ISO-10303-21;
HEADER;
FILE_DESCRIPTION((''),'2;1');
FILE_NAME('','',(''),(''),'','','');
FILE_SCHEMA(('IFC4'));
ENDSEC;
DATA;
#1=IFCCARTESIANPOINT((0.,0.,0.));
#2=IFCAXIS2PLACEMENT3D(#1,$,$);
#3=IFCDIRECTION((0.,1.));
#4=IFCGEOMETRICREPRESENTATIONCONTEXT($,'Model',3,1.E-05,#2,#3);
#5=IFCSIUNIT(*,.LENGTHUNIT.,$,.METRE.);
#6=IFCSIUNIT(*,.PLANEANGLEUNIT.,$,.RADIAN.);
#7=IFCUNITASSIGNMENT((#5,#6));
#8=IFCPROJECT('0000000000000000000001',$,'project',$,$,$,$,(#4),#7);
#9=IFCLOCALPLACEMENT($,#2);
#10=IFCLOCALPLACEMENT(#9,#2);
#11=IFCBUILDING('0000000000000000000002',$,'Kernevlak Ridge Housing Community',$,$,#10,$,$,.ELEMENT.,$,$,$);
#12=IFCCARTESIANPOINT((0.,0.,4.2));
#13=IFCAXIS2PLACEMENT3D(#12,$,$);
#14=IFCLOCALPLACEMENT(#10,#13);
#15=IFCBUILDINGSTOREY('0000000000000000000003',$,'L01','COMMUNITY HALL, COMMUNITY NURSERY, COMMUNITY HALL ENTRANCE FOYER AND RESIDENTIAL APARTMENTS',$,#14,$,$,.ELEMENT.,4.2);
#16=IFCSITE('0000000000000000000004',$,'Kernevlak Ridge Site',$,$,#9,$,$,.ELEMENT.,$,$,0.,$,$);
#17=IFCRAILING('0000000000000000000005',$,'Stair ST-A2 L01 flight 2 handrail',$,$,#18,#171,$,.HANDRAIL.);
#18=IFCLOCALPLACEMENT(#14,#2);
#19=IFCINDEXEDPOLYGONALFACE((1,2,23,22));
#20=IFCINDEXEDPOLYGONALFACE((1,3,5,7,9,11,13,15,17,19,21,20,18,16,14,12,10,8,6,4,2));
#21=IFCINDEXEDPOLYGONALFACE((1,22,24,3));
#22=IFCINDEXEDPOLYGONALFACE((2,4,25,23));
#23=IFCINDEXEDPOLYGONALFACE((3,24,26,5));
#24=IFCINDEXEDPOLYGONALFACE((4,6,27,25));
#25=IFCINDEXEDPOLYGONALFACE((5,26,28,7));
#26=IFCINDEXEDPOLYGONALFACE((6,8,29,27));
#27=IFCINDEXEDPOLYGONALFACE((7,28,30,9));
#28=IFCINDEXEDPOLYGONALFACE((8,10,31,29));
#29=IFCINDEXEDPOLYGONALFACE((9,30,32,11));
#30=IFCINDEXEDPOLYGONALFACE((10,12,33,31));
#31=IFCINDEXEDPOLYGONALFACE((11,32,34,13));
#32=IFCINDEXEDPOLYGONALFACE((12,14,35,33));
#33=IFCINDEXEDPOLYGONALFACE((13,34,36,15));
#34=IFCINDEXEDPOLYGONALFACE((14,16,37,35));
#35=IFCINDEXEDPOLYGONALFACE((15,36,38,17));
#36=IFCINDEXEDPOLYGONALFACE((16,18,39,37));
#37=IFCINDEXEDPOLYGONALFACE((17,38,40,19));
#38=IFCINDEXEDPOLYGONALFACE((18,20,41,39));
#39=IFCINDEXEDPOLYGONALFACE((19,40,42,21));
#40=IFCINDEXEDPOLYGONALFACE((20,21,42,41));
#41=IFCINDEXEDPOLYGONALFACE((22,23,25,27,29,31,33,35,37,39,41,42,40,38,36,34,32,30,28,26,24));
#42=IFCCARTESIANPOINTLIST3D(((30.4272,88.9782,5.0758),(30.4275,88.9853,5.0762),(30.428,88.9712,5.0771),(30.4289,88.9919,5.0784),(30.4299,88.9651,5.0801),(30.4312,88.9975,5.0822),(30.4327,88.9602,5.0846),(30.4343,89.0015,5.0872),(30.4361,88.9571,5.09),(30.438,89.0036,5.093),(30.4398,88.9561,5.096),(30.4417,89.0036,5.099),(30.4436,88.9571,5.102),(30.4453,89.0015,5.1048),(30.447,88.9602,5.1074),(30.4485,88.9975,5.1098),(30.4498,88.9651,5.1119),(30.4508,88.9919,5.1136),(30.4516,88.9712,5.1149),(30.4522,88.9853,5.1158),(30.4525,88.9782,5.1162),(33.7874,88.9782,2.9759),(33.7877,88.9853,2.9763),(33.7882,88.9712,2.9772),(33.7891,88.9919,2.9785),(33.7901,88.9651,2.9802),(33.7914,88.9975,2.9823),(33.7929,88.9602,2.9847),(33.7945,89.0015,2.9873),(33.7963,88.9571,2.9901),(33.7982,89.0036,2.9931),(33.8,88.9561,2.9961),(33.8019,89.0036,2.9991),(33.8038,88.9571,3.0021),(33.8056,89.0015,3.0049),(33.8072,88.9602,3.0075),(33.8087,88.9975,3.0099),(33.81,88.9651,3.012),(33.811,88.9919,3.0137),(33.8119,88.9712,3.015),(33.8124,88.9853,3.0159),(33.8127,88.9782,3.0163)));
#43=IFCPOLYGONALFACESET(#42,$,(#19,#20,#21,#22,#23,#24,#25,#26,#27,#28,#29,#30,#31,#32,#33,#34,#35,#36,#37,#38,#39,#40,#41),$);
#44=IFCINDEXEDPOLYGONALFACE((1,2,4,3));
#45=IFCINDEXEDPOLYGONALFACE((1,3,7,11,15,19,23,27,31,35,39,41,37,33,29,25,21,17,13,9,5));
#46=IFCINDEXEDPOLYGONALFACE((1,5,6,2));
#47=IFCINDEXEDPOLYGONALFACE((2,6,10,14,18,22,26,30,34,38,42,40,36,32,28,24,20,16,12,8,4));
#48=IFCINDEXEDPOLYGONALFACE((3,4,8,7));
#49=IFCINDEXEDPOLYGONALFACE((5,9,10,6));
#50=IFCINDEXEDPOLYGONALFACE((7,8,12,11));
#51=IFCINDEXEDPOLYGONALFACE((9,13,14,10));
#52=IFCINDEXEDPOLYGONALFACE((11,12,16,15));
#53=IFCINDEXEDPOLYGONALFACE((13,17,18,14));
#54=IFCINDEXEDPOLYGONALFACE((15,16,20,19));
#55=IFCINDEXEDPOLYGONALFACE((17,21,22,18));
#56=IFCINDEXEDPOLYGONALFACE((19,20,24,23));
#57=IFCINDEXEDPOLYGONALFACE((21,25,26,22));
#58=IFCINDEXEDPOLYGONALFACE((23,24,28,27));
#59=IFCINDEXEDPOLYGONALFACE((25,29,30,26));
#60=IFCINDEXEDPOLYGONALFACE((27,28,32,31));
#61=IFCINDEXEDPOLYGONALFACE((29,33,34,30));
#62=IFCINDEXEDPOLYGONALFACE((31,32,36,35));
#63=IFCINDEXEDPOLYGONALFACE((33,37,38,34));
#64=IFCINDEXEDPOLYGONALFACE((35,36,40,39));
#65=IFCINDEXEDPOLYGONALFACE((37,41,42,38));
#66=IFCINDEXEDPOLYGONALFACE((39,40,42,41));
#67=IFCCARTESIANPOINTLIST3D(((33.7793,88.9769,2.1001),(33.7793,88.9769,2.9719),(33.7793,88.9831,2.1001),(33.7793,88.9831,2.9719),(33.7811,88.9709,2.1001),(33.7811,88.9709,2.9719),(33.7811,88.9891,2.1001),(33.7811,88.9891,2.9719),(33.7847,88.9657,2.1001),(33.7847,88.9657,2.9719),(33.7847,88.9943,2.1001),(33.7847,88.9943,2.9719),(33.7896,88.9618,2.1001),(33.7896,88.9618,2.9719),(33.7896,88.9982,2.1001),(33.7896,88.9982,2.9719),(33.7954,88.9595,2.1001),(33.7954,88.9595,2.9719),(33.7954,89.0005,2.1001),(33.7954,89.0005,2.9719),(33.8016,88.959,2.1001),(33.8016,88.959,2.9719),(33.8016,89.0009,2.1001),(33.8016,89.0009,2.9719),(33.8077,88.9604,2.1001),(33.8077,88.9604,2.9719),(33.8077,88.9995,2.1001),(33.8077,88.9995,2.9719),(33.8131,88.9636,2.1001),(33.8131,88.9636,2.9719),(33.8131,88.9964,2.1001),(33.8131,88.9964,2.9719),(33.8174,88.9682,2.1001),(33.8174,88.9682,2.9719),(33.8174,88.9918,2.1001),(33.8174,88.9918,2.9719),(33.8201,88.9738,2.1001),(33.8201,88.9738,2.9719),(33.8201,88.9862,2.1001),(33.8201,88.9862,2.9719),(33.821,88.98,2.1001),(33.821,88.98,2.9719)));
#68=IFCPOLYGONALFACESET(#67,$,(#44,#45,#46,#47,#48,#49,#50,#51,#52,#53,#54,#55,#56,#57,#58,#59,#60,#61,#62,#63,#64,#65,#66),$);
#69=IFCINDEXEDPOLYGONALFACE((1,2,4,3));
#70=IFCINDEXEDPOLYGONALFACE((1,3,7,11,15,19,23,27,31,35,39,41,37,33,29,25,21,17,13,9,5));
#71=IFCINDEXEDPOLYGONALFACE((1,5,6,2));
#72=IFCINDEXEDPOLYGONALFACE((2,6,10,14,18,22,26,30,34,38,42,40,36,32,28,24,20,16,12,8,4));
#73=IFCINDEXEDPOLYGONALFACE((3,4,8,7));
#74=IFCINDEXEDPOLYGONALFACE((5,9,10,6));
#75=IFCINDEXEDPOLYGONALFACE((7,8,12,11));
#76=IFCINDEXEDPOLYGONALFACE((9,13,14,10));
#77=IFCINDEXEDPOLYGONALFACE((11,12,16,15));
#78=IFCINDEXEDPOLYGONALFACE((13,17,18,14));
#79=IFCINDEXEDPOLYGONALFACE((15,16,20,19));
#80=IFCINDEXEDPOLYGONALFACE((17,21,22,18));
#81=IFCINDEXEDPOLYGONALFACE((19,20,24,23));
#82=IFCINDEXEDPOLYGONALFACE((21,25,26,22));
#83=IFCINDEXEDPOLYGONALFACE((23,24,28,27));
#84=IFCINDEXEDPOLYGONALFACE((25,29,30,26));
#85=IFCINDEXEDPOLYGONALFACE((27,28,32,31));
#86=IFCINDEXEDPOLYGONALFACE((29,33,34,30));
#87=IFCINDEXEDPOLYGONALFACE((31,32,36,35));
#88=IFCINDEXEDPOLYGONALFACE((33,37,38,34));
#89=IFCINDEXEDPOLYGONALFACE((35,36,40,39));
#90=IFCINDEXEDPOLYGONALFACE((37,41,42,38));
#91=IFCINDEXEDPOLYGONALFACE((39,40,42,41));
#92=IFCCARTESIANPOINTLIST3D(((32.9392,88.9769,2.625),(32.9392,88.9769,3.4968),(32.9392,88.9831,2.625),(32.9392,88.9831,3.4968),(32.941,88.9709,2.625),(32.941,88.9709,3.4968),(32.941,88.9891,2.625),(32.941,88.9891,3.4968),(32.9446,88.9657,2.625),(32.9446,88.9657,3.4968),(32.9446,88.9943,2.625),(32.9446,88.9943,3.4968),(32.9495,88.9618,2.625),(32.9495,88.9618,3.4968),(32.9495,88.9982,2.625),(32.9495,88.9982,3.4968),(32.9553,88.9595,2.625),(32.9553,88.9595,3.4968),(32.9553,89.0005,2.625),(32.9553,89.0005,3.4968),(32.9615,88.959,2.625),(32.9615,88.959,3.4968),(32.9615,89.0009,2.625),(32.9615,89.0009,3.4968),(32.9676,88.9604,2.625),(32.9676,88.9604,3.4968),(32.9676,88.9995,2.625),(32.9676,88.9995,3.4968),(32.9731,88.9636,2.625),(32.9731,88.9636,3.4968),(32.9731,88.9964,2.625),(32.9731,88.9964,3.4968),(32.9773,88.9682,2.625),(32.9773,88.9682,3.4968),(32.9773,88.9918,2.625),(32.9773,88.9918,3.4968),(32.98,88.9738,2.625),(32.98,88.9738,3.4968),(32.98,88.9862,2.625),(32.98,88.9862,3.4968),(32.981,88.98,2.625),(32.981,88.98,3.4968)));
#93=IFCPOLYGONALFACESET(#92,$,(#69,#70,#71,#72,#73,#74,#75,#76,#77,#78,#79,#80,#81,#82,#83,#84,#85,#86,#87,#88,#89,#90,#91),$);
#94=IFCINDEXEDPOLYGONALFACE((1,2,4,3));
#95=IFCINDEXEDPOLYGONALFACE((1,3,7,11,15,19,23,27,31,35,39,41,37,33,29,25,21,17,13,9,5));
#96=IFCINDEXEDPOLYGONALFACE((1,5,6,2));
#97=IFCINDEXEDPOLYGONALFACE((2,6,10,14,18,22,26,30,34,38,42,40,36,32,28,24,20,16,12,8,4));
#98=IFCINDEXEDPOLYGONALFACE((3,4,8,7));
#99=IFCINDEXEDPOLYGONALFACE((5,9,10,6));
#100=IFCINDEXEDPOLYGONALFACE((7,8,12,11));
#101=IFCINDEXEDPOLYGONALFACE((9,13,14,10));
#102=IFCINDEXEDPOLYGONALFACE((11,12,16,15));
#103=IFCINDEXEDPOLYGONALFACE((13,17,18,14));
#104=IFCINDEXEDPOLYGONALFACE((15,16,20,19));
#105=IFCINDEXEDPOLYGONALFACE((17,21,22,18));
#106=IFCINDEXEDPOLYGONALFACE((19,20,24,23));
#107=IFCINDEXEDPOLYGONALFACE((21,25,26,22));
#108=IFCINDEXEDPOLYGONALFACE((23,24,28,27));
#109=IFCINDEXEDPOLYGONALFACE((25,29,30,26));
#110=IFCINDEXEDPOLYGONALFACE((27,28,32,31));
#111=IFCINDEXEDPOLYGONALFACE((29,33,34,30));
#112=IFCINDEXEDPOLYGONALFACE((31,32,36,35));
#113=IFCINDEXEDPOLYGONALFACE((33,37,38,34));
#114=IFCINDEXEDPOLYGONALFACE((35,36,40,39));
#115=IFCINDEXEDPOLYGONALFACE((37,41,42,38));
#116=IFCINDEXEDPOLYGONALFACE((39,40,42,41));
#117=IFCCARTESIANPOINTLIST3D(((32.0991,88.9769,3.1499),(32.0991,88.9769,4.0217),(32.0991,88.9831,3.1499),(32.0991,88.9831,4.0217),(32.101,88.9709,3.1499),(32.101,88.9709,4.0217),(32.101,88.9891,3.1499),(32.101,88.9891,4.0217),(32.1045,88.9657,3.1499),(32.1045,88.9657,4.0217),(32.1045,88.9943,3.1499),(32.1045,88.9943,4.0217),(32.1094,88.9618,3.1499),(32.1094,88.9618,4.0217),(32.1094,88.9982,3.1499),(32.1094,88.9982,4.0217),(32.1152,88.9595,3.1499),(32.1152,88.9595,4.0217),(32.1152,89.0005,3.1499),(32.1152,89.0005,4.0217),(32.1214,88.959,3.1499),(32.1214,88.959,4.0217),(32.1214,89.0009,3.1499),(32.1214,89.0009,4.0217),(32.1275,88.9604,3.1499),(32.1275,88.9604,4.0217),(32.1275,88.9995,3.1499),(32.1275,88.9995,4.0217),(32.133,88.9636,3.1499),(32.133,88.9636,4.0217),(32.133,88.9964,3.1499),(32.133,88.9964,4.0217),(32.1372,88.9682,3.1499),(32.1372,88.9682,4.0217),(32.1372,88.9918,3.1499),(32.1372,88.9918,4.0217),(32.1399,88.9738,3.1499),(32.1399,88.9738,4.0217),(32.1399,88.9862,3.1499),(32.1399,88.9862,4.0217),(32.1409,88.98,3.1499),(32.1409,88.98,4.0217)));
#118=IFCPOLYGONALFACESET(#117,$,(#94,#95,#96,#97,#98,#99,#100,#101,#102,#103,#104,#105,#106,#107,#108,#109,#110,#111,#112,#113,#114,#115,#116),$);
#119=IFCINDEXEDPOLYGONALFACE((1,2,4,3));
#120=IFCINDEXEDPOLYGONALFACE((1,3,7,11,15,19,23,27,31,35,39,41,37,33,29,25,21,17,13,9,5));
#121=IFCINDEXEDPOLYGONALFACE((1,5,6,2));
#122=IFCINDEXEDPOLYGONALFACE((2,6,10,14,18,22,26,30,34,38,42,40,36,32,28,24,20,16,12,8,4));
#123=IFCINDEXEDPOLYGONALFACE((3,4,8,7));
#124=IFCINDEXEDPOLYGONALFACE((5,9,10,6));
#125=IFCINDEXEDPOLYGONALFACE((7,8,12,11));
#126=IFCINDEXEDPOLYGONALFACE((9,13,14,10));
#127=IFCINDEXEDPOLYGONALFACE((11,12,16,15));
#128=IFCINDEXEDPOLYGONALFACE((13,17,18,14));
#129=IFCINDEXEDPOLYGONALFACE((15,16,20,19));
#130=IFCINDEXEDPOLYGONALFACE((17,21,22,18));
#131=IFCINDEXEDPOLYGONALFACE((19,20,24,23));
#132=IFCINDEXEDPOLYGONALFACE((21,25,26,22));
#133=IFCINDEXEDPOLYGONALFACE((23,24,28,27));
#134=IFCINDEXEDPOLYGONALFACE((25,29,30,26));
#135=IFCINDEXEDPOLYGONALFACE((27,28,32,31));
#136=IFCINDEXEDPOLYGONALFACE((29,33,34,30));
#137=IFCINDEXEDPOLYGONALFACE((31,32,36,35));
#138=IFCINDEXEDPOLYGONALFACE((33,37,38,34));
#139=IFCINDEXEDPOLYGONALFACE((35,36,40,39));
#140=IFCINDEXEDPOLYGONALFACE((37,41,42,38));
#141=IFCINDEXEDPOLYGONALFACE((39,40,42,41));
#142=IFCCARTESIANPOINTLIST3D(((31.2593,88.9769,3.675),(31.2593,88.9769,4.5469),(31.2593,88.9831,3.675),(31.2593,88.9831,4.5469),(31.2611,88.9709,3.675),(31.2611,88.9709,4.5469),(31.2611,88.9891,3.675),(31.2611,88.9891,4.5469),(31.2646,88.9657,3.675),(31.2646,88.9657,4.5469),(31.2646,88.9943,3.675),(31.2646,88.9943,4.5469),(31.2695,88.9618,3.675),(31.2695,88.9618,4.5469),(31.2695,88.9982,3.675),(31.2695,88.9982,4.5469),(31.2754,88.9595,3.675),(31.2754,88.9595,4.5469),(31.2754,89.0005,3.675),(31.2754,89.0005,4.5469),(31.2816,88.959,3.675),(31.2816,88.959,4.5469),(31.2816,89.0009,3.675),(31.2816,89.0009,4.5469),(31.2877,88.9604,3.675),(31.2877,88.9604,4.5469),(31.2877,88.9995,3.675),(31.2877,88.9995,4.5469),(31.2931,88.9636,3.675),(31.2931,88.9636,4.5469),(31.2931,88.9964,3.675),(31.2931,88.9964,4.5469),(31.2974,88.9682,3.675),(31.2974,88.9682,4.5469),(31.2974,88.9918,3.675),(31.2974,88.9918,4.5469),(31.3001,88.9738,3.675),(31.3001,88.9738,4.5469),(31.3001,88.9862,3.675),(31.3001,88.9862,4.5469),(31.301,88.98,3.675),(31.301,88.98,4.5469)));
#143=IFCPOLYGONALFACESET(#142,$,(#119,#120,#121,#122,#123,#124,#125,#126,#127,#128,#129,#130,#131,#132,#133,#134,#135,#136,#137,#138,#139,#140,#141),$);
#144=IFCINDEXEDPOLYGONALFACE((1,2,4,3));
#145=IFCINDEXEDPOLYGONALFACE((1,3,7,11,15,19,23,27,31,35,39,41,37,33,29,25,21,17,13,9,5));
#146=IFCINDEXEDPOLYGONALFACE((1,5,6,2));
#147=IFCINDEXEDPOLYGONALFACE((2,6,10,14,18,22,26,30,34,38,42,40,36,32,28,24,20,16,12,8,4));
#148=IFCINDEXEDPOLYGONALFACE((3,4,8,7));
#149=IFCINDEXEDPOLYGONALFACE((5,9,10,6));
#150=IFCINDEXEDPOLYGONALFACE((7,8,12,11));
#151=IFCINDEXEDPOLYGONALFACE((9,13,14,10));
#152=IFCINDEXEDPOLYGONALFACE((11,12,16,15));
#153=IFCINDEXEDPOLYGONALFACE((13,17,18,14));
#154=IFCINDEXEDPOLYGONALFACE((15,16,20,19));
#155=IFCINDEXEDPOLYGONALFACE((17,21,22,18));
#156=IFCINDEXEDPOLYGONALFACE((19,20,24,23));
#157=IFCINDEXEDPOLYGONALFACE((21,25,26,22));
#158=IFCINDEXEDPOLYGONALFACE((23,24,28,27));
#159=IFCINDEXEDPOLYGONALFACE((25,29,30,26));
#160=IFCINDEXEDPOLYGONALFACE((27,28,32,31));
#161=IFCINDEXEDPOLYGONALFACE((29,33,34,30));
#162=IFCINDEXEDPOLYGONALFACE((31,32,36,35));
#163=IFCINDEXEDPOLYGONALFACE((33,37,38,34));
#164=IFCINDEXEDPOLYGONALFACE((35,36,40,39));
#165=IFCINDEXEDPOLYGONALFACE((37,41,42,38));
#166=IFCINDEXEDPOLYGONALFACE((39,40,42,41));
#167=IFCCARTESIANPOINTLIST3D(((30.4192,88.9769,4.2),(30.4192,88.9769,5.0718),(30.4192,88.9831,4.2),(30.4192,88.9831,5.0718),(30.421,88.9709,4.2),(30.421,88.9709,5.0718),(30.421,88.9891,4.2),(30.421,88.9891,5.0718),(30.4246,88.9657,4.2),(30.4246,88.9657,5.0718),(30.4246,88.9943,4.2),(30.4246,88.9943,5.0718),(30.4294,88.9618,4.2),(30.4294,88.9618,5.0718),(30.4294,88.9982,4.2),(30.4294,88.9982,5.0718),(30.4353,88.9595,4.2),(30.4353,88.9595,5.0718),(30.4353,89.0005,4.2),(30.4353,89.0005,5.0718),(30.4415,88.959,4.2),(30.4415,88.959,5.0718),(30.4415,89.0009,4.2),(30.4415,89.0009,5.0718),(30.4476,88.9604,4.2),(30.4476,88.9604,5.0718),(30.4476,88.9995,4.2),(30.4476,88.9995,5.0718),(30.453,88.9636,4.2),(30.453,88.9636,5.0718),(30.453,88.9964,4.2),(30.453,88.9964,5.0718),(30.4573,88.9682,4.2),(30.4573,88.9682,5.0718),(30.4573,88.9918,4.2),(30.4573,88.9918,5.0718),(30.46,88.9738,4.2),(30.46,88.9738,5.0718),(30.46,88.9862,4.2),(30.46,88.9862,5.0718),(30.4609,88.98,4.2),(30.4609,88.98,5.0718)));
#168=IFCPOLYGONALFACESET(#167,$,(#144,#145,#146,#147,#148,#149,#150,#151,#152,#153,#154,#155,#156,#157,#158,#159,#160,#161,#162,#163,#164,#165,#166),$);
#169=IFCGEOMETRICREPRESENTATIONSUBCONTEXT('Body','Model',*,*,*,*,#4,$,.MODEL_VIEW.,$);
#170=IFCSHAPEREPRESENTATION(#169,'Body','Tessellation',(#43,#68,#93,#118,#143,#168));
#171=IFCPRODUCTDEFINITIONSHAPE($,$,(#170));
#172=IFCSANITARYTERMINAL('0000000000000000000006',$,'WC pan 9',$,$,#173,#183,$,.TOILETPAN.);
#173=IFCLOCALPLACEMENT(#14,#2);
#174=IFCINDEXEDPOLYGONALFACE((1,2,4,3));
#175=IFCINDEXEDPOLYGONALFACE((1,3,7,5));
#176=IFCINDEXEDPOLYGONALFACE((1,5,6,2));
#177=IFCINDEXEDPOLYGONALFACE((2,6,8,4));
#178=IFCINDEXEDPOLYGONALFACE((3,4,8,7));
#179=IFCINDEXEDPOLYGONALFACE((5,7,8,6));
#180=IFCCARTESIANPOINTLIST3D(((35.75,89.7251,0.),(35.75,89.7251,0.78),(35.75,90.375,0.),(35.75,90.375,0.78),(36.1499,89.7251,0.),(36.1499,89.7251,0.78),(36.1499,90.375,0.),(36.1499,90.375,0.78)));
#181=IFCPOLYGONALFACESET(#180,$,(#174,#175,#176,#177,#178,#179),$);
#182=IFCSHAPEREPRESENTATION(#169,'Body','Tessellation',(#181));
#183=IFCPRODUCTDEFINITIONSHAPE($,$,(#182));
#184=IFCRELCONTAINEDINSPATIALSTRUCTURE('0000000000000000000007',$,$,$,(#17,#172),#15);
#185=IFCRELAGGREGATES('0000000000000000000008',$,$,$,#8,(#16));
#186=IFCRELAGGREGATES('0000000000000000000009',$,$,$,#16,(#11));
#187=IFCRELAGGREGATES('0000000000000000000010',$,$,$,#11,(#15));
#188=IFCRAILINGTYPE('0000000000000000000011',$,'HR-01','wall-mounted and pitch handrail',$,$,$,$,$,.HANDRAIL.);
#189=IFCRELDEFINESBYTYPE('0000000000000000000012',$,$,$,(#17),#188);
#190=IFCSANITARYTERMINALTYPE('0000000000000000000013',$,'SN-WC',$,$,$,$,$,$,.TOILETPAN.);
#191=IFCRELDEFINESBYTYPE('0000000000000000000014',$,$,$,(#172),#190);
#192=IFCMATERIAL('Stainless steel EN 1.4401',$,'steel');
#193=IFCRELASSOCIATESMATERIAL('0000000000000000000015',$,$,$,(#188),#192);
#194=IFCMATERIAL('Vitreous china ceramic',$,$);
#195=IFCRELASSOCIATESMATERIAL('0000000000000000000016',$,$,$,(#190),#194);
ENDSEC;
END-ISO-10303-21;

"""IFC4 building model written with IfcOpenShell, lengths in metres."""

from ifc_helpers import new_model, si_unit, direction, frame, origin, origin_2d, place, context, subcontext, project, spatial, rectangle, circle, extrude, material, type_object, element, save


model = new_model("IFC4")

# Units and contexts
model_context = context("Model", 3, precision=1e-05, world=origin(), true_north=direction((0.0, 1.0)))
body_context = subcontext(model_context, "Body", "Model", "MODEL_VIEW")
ifc_project = project(units=[si_unit("LENGTHUNIT", "METRE"), si_unit("PLANEANGLEUNIT", "RADIAN")], contexts=[model_context])

# Site, building, storey
site_placement = place(None, origin())
site = spatial("IfcSite", under=ifc_project, at=site_placement, Name="Kernevlak Ridge Site", CompositionType="ELEMENT", RefElevation=0.0)
building_placement = place(site_placement, origin())
building = spatial("IfcBuilding", under=site, at=building_placement, Name="Kernevlak Ridge Housing Community", CompositionType="ELEMENT")
storey_placement = place(building_placement, frame((0.0, 0.0, 4.2)))
storey = spatial("IfcBuildingStorey", under=building, at=storey_placement, Name="L01", Description="COMMUNITY HALL, COMMUNITY NURSERY, COMMUNITY HALL ENTRANCE FOYER AND RESIDENTIAL APARTMENTS", CompositionType="ELEMENT", Elevation=4.2)

# Railing
ifc_material_1 = material(Name="Stainless steel EN 1.4401", Category="steel")
railing_type_1 = type_object("IfcRailingType", Name="HR-01", Description="wall-mounted and pitch handrail", PredefinedType="HANDRAIL", material=ifc_material_1)
railing_1_placement = place(storey_placement, frame((33.8, 88.98, 2.1001)))
element("IfcRailing", 1, at=railing_1_placement, inside=storey, type_object=railing_type_1, Name="Stair ST-A2 L01 flight 2 handrail", PredefinedType="HANDRAIL", context=body_context, shape_type="SweptSolid", body=[
    extrude(circle(Radius=0.0239, at=origin_2d()), frame((0.0, 0.0, 0.896), z_axis=(-0.848023, 0.0, 0.52996), x_axis=(0.0, -1.0, 0.0)), (0.0, 0.0, 1.0), 3.9624),
    extrude(circle(Radius=0.021, at=origin_2d()), origin(), (0.0, 0.0, 1.0), 0.8718),
    extrude(circle(Radius=0.021, at=origin_2d()), frame((-0.8401, 0.0, 0.5249)), (0.0, 0.0, 1.0), 0.8718),
    extrude(circle(Radius=0.021, at=origin_2d()), frame((-1.6802, 0.0, 1.0498)), (0.0, 0.0, 1.0), 0.8718),
    extrude(circle(Radius=0.021, at=origin_2d()), frame((-2.52, 0.0, 1.575)), (0.0, 0.0, 1.0), 0.8718),
    extrude(circle(Radius=0.021, at=origin_2d()), frame((-3.3601, 0.0, 2.0999)), (0.0, 0.0, 1.0), 0.8718),
])

# Sanitary terminal
ifc_material_2 = material(Name="Vitreous china ceramic")
sanitary_terminal_type = type_object("IfcSanitaryTerminalType", Name="SN-WC", PredefinedType="TOILETPAN", material=ifc_material_2)
sanitary_terminal_placement = place(storey_placement, frame((35.95, 90.05, 0.0), z_axis=(0.0, 0.0, 1.0), x_axis=(1.0, 0.0, 0.0)))
element("IfcSanitaryTerminal", 2, at=sanitary_terminal_placement, inside=storey, type_object=sanitary_terminal_type, Name="WC pan 9", PredefinedType="TOILETPAN", context=body_context, shape_type="SweptSolid", body=[
    extrude(rectangle(XDim=0.3999, YDim=0.6499, at=origin_2d()), origin(), (0.0, 0.0, 1.0), 0.78),
])

save(model, "model.ifc")
